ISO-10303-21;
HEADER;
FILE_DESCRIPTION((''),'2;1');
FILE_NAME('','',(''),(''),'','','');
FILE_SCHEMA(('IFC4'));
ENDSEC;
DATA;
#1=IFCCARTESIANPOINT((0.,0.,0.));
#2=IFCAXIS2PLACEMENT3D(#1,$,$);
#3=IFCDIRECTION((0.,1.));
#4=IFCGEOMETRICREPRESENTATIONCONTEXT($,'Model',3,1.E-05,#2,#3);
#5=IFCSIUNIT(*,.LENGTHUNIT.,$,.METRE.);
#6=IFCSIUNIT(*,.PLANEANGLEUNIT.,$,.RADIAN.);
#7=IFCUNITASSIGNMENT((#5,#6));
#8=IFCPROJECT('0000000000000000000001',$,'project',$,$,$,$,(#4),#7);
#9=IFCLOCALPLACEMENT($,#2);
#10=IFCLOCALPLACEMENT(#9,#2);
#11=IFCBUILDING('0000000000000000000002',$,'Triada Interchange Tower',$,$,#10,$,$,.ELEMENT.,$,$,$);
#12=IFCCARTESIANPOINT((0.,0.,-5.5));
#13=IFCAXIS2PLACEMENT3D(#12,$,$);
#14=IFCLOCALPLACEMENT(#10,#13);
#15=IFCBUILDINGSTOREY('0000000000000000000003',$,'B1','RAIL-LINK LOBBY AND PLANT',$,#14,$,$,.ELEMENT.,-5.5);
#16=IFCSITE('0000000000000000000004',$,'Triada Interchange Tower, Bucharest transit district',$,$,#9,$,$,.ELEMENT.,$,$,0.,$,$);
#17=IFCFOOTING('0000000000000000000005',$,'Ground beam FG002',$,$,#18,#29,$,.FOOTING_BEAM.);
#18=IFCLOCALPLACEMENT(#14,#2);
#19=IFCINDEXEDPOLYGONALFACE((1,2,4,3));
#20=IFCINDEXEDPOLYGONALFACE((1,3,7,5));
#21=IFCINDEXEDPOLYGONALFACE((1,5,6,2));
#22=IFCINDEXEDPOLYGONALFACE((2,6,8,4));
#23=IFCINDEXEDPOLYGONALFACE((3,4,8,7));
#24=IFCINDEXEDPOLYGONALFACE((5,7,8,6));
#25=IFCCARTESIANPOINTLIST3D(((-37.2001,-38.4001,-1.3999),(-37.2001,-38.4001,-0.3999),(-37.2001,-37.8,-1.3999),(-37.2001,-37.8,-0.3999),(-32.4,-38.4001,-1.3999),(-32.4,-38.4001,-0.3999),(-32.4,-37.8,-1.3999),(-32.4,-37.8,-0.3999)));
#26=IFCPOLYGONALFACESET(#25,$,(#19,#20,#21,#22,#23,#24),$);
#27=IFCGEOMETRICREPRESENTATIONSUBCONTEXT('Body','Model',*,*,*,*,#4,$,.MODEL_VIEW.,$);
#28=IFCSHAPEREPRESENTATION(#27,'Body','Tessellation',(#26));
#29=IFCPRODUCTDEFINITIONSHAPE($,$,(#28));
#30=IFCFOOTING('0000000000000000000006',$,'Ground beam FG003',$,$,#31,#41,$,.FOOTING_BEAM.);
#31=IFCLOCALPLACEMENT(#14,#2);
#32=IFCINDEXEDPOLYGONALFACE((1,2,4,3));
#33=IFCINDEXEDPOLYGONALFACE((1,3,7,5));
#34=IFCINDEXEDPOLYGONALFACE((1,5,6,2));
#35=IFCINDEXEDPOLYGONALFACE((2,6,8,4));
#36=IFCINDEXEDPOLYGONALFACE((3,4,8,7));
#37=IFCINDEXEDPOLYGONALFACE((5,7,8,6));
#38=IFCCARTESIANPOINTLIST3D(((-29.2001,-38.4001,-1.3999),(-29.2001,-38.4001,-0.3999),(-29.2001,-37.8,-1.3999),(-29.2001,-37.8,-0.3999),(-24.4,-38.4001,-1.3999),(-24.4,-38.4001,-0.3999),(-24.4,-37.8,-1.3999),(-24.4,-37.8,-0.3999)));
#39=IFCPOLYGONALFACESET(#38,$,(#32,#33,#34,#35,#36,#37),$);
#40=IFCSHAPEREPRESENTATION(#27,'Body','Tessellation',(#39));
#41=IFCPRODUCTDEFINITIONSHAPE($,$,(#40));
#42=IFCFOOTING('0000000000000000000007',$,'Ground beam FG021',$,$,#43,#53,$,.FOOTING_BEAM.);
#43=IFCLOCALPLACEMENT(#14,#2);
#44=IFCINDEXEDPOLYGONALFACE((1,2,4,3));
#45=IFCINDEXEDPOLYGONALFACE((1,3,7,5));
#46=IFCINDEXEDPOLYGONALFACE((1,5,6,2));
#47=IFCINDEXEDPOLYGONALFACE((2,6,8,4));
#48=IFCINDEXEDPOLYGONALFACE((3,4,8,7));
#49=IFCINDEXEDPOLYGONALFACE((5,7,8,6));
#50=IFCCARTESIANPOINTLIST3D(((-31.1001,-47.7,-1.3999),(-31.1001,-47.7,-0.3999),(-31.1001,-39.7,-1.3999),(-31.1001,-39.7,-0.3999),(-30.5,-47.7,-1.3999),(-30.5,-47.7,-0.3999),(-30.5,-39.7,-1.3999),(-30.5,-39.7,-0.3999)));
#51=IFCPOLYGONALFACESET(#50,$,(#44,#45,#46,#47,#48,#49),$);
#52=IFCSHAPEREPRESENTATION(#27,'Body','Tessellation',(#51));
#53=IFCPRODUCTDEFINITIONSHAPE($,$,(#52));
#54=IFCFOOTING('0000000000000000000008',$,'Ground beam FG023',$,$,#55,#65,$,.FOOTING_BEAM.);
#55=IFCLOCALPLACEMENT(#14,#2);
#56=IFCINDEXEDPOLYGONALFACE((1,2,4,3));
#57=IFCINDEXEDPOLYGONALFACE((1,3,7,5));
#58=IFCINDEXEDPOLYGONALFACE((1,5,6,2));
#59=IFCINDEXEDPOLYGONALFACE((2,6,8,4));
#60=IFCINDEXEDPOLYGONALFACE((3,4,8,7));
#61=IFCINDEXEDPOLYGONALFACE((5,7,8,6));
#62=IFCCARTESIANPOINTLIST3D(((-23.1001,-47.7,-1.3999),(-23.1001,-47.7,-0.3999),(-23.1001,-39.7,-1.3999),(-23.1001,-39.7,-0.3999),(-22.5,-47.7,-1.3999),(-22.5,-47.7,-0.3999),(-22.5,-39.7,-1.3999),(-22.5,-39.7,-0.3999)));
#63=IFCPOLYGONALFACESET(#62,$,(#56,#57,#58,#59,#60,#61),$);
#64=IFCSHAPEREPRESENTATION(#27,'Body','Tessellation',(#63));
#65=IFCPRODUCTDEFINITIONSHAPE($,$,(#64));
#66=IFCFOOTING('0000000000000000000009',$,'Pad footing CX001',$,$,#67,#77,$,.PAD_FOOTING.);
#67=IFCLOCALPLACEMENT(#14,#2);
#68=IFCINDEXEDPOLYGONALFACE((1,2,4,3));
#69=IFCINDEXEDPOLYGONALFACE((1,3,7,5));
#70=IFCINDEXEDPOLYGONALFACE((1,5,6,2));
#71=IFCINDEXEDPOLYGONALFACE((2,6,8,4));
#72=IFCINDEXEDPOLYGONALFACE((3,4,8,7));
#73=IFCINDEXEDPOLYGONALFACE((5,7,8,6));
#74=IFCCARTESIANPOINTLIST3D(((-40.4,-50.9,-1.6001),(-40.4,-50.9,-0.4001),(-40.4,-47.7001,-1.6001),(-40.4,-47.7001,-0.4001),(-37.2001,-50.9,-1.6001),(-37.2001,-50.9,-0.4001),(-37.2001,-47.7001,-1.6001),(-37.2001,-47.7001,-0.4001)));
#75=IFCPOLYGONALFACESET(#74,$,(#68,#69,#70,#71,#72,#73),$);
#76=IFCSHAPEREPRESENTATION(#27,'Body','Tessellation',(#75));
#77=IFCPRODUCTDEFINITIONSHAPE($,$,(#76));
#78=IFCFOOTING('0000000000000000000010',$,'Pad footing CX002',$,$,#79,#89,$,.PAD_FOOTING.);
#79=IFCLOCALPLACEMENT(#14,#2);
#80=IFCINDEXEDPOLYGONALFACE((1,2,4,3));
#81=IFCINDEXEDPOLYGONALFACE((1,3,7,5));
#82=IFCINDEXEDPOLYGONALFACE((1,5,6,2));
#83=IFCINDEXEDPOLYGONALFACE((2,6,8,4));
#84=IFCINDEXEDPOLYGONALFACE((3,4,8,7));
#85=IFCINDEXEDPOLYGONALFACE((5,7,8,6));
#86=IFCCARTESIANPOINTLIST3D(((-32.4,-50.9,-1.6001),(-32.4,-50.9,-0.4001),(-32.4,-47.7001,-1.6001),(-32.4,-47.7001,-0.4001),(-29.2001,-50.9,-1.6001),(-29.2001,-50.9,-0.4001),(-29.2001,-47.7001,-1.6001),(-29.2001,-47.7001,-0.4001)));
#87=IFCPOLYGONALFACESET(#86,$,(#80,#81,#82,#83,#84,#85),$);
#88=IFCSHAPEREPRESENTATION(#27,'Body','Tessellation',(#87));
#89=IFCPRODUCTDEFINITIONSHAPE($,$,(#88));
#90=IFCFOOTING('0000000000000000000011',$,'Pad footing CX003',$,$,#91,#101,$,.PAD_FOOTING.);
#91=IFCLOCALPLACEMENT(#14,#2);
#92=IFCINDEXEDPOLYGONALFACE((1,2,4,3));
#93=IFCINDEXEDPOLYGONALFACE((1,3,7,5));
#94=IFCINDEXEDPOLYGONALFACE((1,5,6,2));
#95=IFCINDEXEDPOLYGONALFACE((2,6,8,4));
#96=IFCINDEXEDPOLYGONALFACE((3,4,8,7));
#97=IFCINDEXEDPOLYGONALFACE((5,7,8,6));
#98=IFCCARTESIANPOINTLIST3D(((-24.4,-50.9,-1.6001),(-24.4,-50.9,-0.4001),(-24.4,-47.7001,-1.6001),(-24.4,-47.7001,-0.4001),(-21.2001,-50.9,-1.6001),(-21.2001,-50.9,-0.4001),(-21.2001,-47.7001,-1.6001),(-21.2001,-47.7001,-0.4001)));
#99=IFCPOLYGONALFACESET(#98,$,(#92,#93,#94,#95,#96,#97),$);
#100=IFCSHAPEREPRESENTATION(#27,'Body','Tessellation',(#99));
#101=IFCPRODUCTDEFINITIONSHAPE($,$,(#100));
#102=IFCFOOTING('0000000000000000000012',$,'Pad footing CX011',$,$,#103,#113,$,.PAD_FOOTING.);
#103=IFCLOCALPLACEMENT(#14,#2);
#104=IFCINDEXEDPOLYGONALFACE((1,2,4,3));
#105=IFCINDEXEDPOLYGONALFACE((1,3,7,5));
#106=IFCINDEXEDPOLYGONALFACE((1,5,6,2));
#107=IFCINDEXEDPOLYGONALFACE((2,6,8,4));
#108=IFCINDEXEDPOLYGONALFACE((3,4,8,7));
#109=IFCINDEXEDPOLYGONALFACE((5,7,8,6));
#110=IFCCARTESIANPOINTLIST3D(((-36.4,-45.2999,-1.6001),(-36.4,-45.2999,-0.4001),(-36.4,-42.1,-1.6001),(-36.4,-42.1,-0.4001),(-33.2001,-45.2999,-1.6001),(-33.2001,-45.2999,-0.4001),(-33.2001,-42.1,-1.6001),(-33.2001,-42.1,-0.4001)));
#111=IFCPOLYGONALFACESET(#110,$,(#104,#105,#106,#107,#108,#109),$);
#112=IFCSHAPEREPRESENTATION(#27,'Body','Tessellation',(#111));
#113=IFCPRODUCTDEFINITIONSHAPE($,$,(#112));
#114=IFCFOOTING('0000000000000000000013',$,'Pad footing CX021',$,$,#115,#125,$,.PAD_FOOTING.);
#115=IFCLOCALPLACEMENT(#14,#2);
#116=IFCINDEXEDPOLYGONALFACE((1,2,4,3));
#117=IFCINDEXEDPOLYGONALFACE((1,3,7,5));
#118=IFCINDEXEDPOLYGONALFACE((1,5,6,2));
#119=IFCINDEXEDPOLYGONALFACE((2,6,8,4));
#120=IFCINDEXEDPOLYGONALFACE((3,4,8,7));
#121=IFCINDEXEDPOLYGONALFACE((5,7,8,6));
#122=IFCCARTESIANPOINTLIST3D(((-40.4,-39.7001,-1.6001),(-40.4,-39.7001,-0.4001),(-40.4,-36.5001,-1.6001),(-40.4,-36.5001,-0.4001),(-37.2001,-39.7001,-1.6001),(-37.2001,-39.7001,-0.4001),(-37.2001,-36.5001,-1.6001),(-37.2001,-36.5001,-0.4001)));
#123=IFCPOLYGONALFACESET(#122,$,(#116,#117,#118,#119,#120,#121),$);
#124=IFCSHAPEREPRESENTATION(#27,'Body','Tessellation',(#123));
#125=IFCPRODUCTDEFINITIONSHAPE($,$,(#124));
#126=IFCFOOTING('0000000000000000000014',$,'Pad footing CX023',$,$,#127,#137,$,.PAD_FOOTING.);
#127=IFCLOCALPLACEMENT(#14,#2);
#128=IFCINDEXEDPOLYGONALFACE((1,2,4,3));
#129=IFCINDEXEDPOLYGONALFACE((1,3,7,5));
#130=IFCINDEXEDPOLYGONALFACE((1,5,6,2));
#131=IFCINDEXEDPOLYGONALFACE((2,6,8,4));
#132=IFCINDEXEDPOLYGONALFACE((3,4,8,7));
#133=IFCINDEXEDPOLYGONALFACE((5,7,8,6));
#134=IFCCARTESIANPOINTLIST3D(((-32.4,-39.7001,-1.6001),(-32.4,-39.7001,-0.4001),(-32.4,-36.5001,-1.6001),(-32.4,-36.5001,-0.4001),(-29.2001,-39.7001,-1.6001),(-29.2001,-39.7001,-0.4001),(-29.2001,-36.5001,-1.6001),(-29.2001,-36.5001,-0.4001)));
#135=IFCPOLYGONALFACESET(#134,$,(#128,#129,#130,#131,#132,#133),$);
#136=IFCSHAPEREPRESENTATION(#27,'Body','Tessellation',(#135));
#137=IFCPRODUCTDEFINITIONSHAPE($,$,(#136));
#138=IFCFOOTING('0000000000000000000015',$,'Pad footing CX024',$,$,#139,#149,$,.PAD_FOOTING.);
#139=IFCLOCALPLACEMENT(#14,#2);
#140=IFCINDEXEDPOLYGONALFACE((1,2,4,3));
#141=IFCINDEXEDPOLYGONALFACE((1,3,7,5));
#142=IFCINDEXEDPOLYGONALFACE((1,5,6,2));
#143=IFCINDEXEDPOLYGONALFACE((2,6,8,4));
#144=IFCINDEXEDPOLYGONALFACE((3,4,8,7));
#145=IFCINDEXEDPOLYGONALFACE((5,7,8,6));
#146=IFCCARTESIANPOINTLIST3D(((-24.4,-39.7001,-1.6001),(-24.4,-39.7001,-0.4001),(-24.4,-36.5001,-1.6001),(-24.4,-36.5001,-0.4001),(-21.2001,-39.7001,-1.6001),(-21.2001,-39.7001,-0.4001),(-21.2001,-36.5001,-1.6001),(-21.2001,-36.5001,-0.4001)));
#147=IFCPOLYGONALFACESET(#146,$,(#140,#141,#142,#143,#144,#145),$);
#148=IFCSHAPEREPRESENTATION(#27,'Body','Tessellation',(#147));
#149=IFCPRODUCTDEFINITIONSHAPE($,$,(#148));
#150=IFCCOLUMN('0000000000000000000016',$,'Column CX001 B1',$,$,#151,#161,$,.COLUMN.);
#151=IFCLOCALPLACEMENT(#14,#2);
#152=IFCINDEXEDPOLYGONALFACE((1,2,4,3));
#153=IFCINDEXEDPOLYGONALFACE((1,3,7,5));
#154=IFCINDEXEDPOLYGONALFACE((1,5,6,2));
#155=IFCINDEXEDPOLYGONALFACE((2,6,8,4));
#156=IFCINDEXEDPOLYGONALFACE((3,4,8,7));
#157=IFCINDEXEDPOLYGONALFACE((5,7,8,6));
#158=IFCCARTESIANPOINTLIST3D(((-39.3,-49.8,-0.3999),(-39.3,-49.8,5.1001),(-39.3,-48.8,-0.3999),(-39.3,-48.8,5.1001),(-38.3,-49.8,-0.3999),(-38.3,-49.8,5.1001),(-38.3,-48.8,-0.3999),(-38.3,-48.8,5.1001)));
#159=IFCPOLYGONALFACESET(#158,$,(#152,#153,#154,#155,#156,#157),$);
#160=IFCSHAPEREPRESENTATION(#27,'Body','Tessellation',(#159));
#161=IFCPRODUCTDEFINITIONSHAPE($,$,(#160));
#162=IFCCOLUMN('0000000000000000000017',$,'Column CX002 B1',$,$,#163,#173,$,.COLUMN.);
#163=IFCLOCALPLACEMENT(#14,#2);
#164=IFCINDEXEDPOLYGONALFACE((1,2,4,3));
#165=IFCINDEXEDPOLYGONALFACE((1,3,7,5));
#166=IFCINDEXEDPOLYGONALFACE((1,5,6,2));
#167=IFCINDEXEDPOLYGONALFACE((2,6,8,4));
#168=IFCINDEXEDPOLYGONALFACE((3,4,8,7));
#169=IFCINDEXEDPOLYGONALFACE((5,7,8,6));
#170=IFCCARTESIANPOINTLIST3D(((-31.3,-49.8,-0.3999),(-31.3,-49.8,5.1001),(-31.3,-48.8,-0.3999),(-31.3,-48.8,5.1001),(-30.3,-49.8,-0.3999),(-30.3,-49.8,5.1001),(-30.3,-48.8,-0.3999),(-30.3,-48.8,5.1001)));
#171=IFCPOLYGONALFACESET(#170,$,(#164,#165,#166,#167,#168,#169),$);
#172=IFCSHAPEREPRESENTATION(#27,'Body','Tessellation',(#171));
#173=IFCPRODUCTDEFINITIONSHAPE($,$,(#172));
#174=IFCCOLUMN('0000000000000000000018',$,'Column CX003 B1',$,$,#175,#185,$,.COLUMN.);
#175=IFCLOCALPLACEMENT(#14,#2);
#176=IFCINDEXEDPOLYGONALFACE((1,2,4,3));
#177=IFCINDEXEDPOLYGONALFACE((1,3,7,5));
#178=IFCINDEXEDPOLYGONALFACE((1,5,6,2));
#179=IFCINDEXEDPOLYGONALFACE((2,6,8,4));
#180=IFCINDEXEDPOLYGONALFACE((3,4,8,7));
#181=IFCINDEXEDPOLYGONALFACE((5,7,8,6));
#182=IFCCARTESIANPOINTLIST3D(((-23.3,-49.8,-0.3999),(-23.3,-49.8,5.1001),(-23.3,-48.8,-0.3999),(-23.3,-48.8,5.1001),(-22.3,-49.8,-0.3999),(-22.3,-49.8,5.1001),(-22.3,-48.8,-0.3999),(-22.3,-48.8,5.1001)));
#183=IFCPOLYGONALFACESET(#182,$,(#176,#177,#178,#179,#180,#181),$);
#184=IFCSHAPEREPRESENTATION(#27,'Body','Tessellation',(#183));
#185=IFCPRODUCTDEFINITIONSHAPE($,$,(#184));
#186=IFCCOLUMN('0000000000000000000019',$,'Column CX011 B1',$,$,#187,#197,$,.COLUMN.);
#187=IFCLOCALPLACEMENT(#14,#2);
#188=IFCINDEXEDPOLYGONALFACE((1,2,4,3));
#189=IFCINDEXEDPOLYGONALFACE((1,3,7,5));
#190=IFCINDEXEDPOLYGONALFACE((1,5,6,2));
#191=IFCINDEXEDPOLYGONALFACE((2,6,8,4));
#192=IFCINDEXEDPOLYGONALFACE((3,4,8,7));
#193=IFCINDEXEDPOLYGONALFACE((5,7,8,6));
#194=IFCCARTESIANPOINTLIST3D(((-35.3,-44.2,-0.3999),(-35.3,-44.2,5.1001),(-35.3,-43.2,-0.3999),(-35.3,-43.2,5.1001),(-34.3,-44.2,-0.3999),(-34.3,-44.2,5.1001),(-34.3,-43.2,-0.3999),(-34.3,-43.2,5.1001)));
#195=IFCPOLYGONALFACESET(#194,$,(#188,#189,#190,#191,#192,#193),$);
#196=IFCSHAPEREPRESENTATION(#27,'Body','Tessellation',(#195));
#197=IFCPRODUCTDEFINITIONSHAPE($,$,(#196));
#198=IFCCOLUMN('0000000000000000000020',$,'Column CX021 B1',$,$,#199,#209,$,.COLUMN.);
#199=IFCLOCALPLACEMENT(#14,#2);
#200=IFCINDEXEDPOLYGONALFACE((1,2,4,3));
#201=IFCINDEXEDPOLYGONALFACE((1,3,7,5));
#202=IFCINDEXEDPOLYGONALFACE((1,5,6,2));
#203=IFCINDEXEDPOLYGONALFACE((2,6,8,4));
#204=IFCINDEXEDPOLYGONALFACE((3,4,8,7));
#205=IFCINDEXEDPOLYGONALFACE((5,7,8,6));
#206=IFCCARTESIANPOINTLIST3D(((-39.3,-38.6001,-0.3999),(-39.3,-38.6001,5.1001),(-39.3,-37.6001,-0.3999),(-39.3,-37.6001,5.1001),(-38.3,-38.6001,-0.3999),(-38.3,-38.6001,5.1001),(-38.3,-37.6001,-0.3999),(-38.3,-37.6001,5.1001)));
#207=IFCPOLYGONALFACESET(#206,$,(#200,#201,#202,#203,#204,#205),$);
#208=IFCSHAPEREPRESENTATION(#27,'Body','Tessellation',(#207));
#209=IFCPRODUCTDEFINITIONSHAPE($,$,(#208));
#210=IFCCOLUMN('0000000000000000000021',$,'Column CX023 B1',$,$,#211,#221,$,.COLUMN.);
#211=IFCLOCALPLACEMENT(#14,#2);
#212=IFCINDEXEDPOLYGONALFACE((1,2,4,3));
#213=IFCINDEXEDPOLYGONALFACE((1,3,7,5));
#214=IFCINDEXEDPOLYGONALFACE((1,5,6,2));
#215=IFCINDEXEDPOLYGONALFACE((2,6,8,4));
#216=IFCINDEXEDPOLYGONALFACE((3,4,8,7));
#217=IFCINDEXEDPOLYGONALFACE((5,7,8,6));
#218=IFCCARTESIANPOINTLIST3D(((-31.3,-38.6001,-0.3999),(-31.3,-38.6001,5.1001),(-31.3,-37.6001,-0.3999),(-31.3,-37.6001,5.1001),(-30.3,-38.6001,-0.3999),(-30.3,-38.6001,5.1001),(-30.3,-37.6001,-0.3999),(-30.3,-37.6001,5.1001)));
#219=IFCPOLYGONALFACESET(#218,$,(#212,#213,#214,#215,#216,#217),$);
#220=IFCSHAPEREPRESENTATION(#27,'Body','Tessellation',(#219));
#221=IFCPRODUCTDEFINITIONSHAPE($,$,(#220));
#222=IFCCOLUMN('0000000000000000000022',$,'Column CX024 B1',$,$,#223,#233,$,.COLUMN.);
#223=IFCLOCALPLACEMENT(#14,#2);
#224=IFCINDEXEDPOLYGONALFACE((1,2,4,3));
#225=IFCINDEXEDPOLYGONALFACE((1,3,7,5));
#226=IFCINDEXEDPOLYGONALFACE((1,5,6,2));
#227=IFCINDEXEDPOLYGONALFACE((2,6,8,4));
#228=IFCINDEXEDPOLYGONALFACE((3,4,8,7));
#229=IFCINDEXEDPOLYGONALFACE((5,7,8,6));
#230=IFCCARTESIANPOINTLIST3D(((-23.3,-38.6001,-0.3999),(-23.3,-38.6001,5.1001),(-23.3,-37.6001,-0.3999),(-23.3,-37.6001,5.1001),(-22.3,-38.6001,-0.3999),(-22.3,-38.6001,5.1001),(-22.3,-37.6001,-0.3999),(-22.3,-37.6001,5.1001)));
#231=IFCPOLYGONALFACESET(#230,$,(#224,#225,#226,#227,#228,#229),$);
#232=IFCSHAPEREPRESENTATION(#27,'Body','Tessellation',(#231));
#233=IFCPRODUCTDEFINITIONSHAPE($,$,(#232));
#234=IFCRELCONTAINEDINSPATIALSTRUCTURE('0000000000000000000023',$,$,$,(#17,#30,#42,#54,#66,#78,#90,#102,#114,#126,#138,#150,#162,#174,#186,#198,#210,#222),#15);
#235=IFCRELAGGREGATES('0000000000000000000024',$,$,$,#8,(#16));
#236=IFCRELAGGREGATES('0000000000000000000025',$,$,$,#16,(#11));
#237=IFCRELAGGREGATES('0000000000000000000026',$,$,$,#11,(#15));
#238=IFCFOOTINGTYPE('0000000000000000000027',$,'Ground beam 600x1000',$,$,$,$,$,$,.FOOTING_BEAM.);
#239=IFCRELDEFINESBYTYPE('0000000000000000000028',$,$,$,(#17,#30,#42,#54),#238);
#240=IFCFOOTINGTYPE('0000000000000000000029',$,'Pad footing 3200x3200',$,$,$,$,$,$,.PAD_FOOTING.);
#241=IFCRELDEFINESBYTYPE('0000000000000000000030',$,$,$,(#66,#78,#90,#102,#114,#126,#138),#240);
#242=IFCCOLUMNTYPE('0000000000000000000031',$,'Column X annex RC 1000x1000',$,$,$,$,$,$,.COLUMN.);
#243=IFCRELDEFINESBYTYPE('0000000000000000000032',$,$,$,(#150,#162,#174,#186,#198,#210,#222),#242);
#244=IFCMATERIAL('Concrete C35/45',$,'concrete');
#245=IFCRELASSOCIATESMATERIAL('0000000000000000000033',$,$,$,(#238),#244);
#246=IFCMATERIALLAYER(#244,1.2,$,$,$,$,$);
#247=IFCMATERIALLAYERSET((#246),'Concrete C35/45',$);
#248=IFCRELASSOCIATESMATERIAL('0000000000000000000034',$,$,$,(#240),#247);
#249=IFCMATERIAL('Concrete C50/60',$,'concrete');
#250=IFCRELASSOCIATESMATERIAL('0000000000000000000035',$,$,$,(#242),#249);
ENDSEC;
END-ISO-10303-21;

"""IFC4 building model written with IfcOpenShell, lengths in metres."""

from ifc_helpers import new_model, si_unit, direction, frame, origin, origin_2d, place, context, subcontext, project, spatial, rectangle, extrude, material, layer, layer_set, material_profile, profile_set, type_object, element, save


model = new_model("IFC4")

# Units and contexts
model_context = context("Model", 3, precision=1e-05, world=origin(), true_north=direction((0.0, 1.0)))
body_context = subcontext(model_context, "Body", "Model", "MODEL_VIEW")
ifc_project = project(units=[si_unit("LENGTHUNIT", "METRE"), si_unit("PLANEANGLEUNIT", "RADIAN")], contexts=[model_context])

# Site, building, storey
site_placement = place(None, origin())
site = spatial("IfcSite", under=ifc_project, at=site_placement, Name="Triada Interchange Tower, Bucharest transit district", CompositionType="ELEMENT", RefElevation=0.0)
building_placement = place(site_placement, origin())
building = spatial("IfcBuilding", under=site, at=building_placement, Name="Triada Interchange Tower", CompositionType="ELEMENT")
storey_placement = place(building_placement, frame((0.0, 0.0, -5.5)))
storey = spatial("IfcBuildingStorey", under=building, at=storey_placement, Name="B1", Description="RAIL-LINK LOBBY AND PLANT", CompositionType="ELEMENT", Elevation=-5.5)

# Footings
ifc_material_1 = material(Name="Concrete C35/45", Category="concrete")
footing_type_1 = type_object("IfcFootingType", Name="Ground beam 600x1000", PredefinedType="FOOTING_BEAM", material=ifc_material_1)
for number, where, z_axis, x_axis, name in (
    (1, (-34.8, -38.1001, -1.3999), (0.0, 0.0, 1.0), (1.0, 0.0, 0.0), "Ground beam FG002"),
    (2, (-26.8, -38.1001, -1.3999), (0.0, 0.0, 1.0), (1.0, 0.0, 0.0), "Ground beam FG003"),
):
    element("IfcFooting", number, at=place(storey_placement, frame(where, z_axis=z_axis, x_axis=x_axis)), inside=storey, type_object=footing_type_1, Name=name, PredefinedType="FOOTING_BEAM", context=body_context, shape_type="SweptSolid", body=[
        extrude(rectangle(XDim=4.8, YDim=0.6001, at=origin_2d()), origin(), (0.0, 0.0, 1.0), 1.0),
    ])
for number, where, z_axis, x_axis, name in (
    (3, (-30.8, -43.7, -1.3999), (0.0, 0.0, 1.0), (1.0, 0.0, 0.0), "Ground beam FG021"),
    (4, (-22.8, -43.7, -1.3999), (0.0, 0.0, 1.0), (1.0, 0.0, 0.0), "Ground beam FG023"),
):
    element("IfcFooting", number, at=place(storey_placement, frame(where, z_axis=z_axis, x_axis=x_axis)), inside=storey, type_object=footing_type_1, Name=name, PredefinedType="FOOTING_BEAM", context=body_context, shape_type="SweptSolid", body=[
        extrude(rectangle(XDim=0.6001, YDim=8.0, at=origin_2d()), origin(), (0.0, 0.0, 1.0), 1.0),
    ])
ifc_layer_1 = layer(ifc_material_1, 1.2)
ifc_layer_set_1 = layer_set([ifc_layer_1], Name="Concrete C35/45")
footing_type_2 = type_object("IfcFootingType", Name="Pad footing 3200x3200", PredefinedType="PAD_FOOTING", material=ifc_layer_set_1)
for number, where, z_axis, x_axis, name in (
    (5, (-38.8, -49.3, -1.6001), (0.0, 0.0, 1.0), (1.0, 0.0, 0.0), "Pad footing CX001"),
    (6, (-30.8, -49.3, -1.6001), (0.0, 0.0, 1.0), (1.0, 0.0, 0.0), "Pad footing CX002"),
    (7, (-22.8, -49.3, -1.6001), (0.0, 0.0, 1.0), (1.0, 0.0, 0.0), "Pad footing CX003"),
    (8, (-34.8, -43.7, -1.6001), (0.0, 0.0, 1.0), (1.0, 0.0, 0.0), "Pad footing CX011"),
    (9, (-38.8, -38.1001, -1.6001), (0.0, 0.0, 1.0), (1.0, 0.0, 0.0), "Pad footing CX021"),
    (10, (-30.8, -38.1001, -1.6001), (0.0, 0.0, 1.0), (1.0, 0.0, 0.0), "Pad footing CX023"),
    (11, (-22.8, -38.1001, -1.6001), (0.0, 0.0, 1.0), (1.0, 0.0, 0.0), "Pad footing CX024"),
):
    element("IfcFooting", number, at=place(storey_placement, frame(where, z_axis=z_axis, x_axis=x_axis)), inside=storey, type_object=footing_type_2, Name=name, PredefinedType="PAD_FOOTING", context=body_context, shape_type="SweptSolid", body=[
        extrude(rectangle(XDim=3.2, YDim=3.2, at=origin_2d()), origin(), (0.0, 0.0, 1.0), 1.2),
    ])

# Columns
ifc_material_2 = material(Name="Concrete C50/60", Category="concrete")
ifc_material_profile = material_profile(ifc_material_2, rectangle(XDim=1.0, YDim=1.0, at=origin_2d()), Name="RC 1000x1000")
ifc_profile_set = profile_set([ifc_material_profile], Name="Concrete C50/60")
column_type = type_object("IfcColumnType", Name="Column X annex RC 1000x1000", PredefinedType="COLUMN", material=ifc_profile_set)
for number, where, z_axis, x_axis, name in (
    (12, (-38.8, -49.3, -0.3999), (0.0, 0.0, 1.0), (1.0, 0.0, 0.0), "Column CX001 B1"),
    (13, (-30.8, -49.3, -0.3999), (0.0, 0.0, 1.0), (1.0, 0.0, 0.0), "Column CX002 B1"),
    (14, (-22.8, -49.3, -0.3999), (0.0, 0.0, 1.0), (1.0, 0.0, 0.0), "Column CX003 B1"),
    (15, (-34.8, -43.7, -0.3999), (0.0, 0.0, 1.0), (1.0, 0.0, 0.0), "Column CX011 B1"),
    (16, (-38.8, -38.1001, -0.3999), (0.0, 0.0, 1.0), (1.0, 0.0, 0.0), "Column CX021 B1"),
    (17, (-30.8, -38.1001, -0.3999), (0.0, 0.0, 1.0), (1.0, 0.0, 0.0), "Column CX023 B1"),
    (18, (-22.8, -38.1001, -0.3999), (0.0, 0.0, 1.0), (1.0, 0.0, 0.0), "Column CX024 B1"),
):
    element("IfcColumn", number, at=place(storey_placement, frame(where, z_axis=z_axis, x_axis=x_axis)), inside=storey, type_object=column_type, Name=name, PredefinedType="COLUMN", context=body_context, shape_type="SweptSolid", body=[
        extrude(rectangle(XDim=1.0, YDim=1.0, at=origin_2d()), origin(), (0.0, 0.0, 1.0), 5.5),
    ])

save(model, "model.ifc")
